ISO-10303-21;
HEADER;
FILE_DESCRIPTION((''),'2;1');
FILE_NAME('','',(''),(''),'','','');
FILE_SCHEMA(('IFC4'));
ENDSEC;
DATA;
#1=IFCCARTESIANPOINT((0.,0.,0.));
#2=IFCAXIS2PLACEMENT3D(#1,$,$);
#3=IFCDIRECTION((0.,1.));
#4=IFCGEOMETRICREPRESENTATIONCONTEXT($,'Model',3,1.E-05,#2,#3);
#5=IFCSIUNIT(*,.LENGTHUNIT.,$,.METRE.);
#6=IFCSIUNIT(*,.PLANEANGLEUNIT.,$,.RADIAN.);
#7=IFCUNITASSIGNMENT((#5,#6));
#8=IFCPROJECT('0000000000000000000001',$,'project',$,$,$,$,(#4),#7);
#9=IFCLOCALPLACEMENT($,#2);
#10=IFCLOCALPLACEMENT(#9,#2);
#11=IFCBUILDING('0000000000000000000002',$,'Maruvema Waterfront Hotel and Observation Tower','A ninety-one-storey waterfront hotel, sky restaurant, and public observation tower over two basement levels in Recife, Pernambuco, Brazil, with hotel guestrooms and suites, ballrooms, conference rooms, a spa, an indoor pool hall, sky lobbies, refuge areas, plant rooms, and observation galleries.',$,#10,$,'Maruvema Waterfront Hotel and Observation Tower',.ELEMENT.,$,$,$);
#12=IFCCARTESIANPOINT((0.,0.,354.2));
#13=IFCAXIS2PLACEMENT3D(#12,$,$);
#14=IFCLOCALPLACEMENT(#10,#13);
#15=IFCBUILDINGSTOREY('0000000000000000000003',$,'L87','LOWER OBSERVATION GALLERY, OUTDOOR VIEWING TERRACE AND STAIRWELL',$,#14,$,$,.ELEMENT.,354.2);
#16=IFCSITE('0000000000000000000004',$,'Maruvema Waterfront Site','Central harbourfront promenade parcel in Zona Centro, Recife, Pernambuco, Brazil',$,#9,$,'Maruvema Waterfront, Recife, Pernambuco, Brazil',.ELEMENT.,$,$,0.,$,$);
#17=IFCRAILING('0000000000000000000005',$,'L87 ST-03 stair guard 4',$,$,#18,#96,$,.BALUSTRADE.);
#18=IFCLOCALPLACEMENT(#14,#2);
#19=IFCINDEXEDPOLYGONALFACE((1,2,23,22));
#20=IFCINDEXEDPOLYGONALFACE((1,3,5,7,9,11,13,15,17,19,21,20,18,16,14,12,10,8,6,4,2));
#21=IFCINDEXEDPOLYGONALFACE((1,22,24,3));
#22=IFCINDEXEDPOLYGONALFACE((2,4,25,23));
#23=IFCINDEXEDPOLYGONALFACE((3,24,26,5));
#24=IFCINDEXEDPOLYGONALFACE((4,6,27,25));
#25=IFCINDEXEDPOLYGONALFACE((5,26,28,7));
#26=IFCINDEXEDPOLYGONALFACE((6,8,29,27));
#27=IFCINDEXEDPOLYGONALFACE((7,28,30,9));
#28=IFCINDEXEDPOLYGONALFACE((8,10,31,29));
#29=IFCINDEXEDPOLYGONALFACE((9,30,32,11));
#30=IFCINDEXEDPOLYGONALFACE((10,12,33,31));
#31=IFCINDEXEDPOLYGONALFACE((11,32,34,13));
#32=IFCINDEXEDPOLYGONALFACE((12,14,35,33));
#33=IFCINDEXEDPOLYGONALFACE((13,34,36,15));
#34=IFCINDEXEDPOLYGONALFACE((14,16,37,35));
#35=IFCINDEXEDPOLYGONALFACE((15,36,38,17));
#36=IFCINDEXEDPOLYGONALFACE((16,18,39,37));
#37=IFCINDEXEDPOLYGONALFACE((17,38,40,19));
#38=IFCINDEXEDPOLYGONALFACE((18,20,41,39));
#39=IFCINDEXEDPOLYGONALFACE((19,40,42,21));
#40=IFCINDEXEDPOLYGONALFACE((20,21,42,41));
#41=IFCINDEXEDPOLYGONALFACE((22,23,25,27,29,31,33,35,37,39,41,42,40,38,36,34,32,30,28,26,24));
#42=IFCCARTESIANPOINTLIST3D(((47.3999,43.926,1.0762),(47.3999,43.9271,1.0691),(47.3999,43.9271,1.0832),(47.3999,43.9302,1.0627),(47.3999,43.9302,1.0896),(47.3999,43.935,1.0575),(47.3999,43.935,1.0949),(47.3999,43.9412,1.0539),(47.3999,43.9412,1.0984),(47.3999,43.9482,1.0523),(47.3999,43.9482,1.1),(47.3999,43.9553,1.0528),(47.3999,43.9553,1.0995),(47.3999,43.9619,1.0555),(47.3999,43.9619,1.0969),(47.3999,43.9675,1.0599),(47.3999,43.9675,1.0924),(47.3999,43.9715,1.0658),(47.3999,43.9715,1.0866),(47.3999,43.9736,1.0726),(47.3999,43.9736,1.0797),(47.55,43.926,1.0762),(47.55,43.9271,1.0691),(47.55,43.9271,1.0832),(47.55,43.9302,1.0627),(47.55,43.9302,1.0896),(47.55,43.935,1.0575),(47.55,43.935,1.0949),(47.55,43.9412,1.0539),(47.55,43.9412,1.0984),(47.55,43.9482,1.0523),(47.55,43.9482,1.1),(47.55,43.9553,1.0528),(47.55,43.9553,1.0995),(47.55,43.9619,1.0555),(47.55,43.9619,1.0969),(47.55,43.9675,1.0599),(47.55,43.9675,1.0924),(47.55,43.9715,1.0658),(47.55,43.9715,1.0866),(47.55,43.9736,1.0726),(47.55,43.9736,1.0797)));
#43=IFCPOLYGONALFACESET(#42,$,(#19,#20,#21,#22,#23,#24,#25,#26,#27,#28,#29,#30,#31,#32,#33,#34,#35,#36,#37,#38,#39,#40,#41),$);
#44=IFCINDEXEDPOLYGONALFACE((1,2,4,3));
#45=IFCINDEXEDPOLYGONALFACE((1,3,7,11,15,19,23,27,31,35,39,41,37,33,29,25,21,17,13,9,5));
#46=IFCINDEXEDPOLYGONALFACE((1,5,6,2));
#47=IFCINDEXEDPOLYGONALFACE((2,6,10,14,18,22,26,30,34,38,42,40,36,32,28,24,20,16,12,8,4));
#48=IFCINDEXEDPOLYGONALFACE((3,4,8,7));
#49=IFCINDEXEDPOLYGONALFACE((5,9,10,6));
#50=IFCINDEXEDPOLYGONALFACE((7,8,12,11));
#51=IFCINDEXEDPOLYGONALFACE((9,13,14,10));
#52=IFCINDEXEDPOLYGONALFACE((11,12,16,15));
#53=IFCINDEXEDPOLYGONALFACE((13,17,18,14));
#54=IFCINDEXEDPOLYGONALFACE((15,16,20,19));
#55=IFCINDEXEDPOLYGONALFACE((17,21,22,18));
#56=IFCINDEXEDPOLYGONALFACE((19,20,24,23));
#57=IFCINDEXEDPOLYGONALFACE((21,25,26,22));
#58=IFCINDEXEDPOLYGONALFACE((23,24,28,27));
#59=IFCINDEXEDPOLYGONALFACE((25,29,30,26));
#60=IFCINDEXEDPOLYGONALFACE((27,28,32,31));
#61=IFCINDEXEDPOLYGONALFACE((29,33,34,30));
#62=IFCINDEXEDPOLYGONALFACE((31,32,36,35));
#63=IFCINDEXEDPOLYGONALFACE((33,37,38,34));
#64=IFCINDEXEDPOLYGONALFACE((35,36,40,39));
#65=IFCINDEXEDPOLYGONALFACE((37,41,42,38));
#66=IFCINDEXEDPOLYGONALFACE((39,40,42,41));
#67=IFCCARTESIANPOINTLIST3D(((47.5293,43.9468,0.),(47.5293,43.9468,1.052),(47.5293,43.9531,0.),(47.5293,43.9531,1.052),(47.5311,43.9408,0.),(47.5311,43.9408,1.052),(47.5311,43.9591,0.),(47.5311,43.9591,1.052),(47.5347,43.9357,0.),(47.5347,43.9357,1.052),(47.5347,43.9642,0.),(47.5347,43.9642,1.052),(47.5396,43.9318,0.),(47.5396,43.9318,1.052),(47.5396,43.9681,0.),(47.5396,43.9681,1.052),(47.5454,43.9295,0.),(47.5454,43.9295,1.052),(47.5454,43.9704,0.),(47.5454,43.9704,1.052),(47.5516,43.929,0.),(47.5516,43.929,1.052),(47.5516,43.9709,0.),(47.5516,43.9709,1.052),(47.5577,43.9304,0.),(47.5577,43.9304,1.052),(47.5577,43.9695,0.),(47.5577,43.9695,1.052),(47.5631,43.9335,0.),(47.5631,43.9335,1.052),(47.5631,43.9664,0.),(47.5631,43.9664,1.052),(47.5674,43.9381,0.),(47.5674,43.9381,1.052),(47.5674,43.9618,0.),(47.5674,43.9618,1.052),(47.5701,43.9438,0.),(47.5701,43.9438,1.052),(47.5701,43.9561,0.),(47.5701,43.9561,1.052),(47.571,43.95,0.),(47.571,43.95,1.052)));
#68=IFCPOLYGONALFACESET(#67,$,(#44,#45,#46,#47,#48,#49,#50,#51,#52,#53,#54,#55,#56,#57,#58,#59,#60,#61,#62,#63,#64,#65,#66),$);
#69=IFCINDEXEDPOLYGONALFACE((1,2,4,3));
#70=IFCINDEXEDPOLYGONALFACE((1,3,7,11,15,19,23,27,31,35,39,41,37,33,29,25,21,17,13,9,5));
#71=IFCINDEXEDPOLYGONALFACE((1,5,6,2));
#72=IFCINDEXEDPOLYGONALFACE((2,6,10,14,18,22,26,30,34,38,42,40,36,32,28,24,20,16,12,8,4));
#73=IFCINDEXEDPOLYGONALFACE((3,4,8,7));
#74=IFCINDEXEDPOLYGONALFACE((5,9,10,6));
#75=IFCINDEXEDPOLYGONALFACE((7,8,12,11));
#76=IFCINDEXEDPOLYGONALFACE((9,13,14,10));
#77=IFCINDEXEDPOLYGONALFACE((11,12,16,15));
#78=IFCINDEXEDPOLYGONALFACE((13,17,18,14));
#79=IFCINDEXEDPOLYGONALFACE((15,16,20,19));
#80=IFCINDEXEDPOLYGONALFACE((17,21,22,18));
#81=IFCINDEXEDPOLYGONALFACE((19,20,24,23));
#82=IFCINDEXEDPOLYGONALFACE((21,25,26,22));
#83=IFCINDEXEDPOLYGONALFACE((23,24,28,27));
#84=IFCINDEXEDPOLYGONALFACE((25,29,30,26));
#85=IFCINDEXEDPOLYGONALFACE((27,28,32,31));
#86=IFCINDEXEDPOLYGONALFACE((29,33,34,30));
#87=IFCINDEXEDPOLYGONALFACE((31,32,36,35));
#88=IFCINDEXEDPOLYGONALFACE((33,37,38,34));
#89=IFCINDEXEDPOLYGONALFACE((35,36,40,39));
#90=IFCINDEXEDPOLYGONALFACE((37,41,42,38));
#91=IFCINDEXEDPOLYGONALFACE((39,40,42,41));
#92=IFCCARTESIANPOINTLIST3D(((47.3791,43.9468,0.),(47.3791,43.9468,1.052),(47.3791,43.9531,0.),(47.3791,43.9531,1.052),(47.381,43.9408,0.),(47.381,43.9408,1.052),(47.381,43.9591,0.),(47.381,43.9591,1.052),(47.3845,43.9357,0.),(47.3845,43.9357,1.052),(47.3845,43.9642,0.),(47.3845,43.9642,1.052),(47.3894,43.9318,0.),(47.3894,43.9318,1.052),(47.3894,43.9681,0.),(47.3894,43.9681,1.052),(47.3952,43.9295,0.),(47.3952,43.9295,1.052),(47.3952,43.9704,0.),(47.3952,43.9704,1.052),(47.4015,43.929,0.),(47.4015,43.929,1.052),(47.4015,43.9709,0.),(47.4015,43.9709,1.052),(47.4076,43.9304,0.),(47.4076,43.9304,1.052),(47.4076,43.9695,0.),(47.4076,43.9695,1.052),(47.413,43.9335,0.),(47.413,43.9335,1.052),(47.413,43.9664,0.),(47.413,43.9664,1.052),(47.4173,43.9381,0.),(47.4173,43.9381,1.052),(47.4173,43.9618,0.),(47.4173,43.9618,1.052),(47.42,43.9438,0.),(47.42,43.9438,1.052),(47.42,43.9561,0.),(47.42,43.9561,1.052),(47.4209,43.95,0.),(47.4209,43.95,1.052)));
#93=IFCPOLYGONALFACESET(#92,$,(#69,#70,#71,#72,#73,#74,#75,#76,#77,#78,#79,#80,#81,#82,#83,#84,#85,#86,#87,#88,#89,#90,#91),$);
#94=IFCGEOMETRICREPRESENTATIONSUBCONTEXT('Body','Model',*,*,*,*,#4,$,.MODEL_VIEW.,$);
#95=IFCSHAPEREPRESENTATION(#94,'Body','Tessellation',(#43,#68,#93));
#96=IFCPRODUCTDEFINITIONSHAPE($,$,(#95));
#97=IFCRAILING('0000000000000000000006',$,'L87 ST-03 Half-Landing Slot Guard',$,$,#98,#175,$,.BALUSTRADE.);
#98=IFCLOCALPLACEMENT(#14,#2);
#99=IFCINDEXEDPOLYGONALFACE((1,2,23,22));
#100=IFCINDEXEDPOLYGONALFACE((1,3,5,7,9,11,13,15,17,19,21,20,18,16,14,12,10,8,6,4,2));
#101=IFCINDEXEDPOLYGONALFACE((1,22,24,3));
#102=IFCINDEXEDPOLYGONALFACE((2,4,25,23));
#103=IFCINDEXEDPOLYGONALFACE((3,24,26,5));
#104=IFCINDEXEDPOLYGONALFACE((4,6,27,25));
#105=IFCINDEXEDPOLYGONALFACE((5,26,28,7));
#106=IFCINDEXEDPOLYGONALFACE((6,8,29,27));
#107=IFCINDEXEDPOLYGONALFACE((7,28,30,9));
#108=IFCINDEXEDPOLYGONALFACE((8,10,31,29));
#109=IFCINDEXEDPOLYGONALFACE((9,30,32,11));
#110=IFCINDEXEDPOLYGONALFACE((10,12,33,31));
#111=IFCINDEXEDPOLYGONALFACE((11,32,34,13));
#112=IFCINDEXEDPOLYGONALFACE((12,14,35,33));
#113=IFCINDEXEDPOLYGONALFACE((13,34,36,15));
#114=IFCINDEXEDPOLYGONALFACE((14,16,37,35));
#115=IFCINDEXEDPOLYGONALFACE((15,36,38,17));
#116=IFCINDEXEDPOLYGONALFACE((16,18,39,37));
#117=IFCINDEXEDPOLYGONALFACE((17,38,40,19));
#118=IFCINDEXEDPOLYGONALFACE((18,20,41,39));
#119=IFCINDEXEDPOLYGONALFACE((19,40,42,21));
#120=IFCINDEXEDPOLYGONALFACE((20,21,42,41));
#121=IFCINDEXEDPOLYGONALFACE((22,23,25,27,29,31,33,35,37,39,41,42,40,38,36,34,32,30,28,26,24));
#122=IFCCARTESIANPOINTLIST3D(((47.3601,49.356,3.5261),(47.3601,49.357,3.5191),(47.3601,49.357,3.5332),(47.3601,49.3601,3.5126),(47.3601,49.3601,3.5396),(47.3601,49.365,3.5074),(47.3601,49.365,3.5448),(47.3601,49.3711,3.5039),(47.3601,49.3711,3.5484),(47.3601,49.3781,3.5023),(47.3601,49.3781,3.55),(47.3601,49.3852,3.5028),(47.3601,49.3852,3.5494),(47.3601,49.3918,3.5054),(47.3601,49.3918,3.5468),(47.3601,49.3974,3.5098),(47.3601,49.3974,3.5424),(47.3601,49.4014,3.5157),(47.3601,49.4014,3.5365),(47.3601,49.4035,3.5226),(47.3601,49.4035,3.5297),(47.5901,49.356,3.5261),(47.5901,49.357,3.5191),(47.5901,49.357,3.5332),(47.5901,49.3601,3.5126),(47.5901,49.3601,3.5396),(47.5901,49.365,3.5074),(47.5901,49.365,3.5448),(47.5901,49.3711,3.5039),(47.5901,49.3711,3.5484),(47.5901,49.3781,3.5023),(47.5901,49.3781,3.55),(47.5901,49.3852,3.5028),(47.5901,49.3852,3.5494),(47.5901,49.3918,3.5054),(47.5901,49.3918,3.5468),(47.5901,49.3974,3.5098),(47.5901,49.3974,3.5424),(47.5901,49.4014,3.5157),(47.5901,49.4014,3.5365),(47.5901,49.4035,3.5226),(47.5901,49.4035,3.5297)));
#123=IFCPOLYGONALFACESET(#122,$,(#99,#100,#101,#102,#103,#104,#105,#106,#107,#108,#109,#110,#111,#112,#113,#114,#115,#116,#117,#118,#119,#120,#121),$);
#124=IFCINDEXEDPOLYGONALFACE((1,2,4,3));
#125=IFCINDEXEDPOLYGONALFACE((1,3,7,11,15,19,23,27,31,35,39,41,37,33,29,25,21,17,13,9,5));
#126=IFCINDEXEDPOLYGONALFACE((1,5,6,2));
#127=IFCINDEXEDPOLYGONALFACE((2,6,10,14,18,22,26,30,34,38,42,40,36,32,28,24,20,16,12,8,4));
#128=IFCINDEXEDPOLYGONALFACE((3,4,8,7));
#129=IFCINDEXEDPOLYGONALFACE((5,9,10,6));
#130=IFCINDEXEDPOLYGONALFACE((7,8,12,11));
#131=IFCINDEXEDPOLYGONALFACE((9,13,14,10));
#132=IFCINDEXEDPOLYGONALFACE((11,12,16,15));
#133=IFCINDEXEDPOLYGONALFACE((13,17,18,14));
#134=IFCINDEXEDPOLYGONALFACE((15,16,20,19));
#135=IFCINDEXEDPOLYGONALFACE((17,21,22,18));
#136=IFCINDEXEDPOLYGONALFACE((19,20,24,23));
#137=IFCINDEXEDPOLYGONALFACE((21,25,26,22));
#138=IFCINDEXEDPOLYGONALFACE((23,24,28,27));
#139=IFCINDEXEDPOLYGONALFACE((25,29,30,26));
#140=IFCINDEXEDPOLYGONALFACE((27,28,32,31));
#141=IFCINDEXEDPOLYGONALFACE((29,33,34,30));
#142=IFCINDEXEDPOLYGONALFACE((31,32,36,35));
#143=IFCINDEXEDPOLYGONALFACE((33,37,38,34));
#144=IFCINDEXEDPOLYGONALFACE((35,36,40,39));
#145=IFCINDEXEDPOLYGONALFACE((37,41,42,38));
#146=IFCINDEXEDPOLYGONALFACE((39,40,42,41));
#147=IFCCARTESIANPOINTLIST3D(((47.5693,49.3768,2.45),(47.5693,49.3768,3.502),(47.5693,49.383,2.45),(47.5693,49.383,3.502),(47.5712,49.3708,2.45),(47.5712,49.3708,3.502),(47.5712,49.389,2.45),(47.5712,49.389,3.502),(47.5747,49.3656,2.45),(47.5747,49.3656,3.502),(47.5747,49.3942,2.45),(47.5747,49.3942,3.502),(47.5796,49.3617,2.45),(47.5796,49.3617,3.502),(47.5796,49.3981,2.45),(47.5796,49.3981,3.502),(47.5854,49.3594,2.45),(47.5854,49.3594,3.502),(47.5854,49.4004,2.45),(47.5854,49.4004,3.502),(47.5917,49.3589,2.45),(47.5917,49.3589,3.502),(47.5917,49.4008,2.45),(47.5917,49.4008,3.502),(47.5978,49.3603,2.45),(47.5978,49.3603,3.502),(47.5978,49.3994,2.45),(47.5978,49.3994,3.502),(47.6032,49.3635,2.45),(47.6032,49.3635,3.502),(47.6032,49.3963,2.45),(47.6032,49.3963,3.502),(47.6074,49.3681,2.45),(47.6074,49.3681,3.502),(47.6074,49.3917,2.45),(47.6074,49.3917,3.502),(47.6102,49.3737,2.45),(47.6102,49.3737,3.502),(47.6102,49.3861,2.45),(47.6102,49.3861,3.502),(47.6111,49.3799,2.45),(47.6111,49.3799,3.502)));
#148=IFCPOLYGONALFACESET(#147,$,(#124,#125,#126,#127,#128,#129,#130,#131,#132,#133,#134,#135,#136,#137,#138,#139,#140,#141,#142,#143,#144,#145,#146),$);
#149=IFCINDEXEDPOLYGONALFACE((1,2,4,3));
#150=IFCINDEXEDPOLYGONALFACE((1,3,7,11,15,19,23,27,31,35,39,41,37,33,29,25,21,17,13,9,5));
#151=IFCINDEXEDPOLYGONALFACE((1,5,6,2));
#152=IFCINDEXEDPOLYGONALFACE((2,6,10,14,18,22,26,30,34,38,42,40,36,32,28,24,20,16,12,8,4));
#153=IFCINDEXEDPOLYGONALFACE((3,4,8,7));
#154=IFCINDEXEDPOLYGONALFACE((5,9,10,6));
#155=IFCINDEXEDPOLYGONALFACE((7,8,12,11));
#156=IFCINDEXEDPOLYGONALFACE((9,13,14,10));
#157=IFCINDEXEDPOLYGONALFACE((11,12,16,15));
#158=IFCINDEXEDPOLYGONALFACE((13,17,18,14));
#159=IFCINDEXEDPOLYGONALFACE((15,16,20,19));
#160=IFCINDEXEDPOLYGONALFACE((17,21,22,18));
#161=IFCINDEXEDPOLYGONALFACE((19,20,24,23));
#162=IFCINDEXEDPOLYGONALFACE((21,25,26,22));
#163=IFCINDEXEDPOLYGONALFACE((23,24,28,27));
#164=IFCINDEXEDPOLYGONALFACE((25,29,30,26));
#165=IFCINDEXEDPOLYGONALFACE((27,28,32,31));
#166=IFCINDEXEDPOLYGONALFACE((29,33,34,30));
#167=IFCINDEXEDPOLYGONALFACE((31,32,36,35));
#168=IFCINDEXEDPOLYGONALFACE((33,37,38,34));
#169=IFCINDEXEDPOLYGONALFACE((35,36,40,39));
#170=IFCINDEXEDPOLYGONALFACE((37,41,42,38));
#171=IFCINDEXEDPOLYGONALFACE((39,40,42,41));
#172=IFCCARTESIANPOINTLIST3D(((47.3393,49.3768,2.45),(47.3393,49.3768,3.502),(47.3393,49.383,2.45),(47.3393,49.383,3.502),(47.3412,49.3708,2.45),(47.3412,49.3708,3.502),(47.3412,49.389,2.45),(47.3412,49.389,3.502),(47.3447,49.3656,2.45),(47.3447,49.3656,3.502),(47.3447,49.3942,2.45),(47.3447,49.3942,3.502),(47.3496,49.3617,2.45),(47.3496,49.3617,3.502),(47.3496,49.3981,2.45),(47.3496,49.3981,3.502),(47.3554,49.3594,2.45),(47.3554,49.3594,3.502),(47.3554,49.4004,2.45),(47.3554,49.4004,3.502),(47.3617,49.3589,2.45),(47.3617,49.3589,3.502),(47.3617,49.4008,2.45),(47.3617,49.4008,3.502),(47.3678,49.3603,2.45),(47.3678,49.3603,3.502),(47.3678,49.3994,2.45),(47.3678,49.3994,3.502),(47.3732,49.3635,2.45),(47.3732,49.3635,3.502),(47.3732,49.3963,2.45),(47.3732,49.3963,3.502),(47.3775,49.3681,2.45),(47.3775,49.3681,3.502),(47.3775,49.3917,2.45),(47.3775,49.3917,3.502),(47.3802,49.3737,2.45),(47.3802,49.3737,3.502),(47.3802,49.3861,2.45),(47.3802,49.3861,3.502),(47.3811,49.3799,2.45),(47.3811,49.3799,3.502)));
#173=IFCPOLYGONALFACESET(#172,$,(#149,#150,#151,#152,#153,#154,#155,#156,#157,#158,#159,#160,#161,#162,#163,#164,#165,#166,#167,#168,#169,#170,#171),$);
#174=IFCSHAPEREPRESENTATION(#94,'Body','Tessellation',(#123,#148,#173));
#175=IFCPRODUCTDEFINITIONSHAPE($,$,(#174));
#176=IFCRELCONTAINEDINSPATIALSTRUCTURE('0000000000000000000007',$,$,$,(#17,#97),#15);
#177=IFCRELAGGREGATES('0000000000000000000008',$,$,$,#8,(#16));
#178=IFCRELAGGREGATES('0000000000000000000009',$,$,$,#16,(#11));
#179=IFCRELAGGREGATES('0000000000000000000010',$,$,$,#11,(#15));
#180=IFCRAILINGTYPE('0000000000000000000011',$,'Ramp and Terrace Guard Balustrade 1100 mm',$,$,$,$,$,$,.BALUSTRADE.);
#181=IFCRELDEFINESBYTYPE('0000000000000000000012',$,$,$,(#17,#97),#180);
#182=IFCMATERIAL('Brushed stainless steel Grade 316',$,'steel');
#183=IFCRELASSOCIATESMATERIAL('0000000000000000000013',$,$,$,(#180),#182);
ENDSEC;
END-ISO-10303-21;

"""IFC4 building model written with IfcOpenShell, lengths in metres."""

from ifc_helpers import new_model, si_unit, direction, frame, origin, origin_2d, place, context, subcontext, project, spatial, circle, extrude, material, type_object, element, save


model = new_model("IFC4")

# Units and contexts
model_context = context("Model", 3, precision=1e-05, world=origin(), true_north=direction((0.0, 1.0)))
body_context = subcontext(model_context, "Body", "Model", "MODEL_VIEW")
ifc_project = project(units=[si_unit("LENGTHUNIT", "METRE"), si_unit("PLANEANGLEUNIT", "RADIAN")], contexts=[model_context])

# Site, building, storey
site_placement = place(None, origin())
site = spatial("IfcSite", under=ifc_project, at=site_placement, Name="Maruvema Waterfront Site", Description="Central harbourfront promenade parcel in Zona Centro, Recife, Pernambuco, Brazil", LongName="Maruvema Waterfront, Recife, Pernambuco, Brazil", CompositionType="ELEMENT", RefElevation=0.0)
building_placement = place(site_placement, origin())
building = spatial("IfcBuilding", under=site, at=building_placement, Name="Maruvema Waterfront Hotel and Observation Tower", Description="A ninety-one-storey waterfront hotel, sky restaurant, and public observation tower over two basement levels in Recife, Pernambuco, Brazil, with hotel guestrooms and suites, ballrooms, conference rooms, a spa, an indoor pool hall, sky lobbies, refuge areas, plant rooms, and observation galleries.", LongName="Maruvema Waterfront Hotel and Observation Tower", CompositionType="ELEMENT")
storey_placement = place(building_placement, frame((0.0, 0.0, 354.2)))
storey = spatial("IfcBuildingStorey", under=building, at=storey_placement, Name="L87", Description="LOWER OBSERVATION GALLERY, OUTDOOR VIEWING TERRACE AND STAIRWELL", CompositionType="ELEMENT", Elevation=354.2)

# Railings
ifc_material_1 = material(Name="Brushed stainless steel Grade 316", Category="steel")
railing_type_1 = type_object("IfcRailingType", Name="Ramp and Terrace Guard Balustrade 1100 mm", PredefinedType="BALUSTRADE", material=ifc_material_1)
railing_1_placement = place(storey_placement, frame((47.55, 43.95, 0.0)))
element("IfcRailing", 1, at=railing_1_placement, inside=storey, type_object=railing_type_1, Name="L87 ST-03 stair guard 4", PredefinedType="BALUSTRADE", context=body_context, shape_type="SweptSolid", body=[
    extrude(circle(Radius=0.0239, at=origin_2d()), frame((0.0, 0.0, 1.0762), z_axis=(-1.0, 0.0, 0.0), x_axis=(0.0, -1.0, 0.0)), (0.0, 0.0, 1.0), 0.1501),
    extrude(circle(Radius=0.021, at=origin_2d()), origin(), (0.0, 0.0, 1.0), 1.052),
    extrude(circle(Radius=0.021, at=origin_2d()), frame((-0.1501, 0.0, 0.0)), (0.0, 0.0, 1.0), 1.052),
])
railing_2_placement = place(storey_placement, frame((47.5901, 49.3799, 2.45)))
element("IfcRailing", 2, at=railing_2_placement, inside=storey, type_object=railing_type_1, Name="L87 ST-03 Half-Landing Slot Guard", PredefinedType="BALUSTRADE", context=body_context, shape_type="SweptSolid", body=[
    extrude(circle(Radius=0.0239, at=origin_2d()), frame((0.0, 0.0, 1.0762), z_axis=(-1.0, 0.0, 0.0), x_axis=(0.0, -1.0, 0.0)), (0.0, 0.0, 1.0), 0.23),
    extrude(circle(Radius=0.021, at=origin_2d()), origin(), (0.0, 0.0, 1.0), 1.052),
    extrude(circle(Radius=0.021, at=origin_2d()), frame((-0.23, 0.0, 0.0)), (0.0, 0.0, 1.0), 1.052),
])

save(model, "model.ifc")
